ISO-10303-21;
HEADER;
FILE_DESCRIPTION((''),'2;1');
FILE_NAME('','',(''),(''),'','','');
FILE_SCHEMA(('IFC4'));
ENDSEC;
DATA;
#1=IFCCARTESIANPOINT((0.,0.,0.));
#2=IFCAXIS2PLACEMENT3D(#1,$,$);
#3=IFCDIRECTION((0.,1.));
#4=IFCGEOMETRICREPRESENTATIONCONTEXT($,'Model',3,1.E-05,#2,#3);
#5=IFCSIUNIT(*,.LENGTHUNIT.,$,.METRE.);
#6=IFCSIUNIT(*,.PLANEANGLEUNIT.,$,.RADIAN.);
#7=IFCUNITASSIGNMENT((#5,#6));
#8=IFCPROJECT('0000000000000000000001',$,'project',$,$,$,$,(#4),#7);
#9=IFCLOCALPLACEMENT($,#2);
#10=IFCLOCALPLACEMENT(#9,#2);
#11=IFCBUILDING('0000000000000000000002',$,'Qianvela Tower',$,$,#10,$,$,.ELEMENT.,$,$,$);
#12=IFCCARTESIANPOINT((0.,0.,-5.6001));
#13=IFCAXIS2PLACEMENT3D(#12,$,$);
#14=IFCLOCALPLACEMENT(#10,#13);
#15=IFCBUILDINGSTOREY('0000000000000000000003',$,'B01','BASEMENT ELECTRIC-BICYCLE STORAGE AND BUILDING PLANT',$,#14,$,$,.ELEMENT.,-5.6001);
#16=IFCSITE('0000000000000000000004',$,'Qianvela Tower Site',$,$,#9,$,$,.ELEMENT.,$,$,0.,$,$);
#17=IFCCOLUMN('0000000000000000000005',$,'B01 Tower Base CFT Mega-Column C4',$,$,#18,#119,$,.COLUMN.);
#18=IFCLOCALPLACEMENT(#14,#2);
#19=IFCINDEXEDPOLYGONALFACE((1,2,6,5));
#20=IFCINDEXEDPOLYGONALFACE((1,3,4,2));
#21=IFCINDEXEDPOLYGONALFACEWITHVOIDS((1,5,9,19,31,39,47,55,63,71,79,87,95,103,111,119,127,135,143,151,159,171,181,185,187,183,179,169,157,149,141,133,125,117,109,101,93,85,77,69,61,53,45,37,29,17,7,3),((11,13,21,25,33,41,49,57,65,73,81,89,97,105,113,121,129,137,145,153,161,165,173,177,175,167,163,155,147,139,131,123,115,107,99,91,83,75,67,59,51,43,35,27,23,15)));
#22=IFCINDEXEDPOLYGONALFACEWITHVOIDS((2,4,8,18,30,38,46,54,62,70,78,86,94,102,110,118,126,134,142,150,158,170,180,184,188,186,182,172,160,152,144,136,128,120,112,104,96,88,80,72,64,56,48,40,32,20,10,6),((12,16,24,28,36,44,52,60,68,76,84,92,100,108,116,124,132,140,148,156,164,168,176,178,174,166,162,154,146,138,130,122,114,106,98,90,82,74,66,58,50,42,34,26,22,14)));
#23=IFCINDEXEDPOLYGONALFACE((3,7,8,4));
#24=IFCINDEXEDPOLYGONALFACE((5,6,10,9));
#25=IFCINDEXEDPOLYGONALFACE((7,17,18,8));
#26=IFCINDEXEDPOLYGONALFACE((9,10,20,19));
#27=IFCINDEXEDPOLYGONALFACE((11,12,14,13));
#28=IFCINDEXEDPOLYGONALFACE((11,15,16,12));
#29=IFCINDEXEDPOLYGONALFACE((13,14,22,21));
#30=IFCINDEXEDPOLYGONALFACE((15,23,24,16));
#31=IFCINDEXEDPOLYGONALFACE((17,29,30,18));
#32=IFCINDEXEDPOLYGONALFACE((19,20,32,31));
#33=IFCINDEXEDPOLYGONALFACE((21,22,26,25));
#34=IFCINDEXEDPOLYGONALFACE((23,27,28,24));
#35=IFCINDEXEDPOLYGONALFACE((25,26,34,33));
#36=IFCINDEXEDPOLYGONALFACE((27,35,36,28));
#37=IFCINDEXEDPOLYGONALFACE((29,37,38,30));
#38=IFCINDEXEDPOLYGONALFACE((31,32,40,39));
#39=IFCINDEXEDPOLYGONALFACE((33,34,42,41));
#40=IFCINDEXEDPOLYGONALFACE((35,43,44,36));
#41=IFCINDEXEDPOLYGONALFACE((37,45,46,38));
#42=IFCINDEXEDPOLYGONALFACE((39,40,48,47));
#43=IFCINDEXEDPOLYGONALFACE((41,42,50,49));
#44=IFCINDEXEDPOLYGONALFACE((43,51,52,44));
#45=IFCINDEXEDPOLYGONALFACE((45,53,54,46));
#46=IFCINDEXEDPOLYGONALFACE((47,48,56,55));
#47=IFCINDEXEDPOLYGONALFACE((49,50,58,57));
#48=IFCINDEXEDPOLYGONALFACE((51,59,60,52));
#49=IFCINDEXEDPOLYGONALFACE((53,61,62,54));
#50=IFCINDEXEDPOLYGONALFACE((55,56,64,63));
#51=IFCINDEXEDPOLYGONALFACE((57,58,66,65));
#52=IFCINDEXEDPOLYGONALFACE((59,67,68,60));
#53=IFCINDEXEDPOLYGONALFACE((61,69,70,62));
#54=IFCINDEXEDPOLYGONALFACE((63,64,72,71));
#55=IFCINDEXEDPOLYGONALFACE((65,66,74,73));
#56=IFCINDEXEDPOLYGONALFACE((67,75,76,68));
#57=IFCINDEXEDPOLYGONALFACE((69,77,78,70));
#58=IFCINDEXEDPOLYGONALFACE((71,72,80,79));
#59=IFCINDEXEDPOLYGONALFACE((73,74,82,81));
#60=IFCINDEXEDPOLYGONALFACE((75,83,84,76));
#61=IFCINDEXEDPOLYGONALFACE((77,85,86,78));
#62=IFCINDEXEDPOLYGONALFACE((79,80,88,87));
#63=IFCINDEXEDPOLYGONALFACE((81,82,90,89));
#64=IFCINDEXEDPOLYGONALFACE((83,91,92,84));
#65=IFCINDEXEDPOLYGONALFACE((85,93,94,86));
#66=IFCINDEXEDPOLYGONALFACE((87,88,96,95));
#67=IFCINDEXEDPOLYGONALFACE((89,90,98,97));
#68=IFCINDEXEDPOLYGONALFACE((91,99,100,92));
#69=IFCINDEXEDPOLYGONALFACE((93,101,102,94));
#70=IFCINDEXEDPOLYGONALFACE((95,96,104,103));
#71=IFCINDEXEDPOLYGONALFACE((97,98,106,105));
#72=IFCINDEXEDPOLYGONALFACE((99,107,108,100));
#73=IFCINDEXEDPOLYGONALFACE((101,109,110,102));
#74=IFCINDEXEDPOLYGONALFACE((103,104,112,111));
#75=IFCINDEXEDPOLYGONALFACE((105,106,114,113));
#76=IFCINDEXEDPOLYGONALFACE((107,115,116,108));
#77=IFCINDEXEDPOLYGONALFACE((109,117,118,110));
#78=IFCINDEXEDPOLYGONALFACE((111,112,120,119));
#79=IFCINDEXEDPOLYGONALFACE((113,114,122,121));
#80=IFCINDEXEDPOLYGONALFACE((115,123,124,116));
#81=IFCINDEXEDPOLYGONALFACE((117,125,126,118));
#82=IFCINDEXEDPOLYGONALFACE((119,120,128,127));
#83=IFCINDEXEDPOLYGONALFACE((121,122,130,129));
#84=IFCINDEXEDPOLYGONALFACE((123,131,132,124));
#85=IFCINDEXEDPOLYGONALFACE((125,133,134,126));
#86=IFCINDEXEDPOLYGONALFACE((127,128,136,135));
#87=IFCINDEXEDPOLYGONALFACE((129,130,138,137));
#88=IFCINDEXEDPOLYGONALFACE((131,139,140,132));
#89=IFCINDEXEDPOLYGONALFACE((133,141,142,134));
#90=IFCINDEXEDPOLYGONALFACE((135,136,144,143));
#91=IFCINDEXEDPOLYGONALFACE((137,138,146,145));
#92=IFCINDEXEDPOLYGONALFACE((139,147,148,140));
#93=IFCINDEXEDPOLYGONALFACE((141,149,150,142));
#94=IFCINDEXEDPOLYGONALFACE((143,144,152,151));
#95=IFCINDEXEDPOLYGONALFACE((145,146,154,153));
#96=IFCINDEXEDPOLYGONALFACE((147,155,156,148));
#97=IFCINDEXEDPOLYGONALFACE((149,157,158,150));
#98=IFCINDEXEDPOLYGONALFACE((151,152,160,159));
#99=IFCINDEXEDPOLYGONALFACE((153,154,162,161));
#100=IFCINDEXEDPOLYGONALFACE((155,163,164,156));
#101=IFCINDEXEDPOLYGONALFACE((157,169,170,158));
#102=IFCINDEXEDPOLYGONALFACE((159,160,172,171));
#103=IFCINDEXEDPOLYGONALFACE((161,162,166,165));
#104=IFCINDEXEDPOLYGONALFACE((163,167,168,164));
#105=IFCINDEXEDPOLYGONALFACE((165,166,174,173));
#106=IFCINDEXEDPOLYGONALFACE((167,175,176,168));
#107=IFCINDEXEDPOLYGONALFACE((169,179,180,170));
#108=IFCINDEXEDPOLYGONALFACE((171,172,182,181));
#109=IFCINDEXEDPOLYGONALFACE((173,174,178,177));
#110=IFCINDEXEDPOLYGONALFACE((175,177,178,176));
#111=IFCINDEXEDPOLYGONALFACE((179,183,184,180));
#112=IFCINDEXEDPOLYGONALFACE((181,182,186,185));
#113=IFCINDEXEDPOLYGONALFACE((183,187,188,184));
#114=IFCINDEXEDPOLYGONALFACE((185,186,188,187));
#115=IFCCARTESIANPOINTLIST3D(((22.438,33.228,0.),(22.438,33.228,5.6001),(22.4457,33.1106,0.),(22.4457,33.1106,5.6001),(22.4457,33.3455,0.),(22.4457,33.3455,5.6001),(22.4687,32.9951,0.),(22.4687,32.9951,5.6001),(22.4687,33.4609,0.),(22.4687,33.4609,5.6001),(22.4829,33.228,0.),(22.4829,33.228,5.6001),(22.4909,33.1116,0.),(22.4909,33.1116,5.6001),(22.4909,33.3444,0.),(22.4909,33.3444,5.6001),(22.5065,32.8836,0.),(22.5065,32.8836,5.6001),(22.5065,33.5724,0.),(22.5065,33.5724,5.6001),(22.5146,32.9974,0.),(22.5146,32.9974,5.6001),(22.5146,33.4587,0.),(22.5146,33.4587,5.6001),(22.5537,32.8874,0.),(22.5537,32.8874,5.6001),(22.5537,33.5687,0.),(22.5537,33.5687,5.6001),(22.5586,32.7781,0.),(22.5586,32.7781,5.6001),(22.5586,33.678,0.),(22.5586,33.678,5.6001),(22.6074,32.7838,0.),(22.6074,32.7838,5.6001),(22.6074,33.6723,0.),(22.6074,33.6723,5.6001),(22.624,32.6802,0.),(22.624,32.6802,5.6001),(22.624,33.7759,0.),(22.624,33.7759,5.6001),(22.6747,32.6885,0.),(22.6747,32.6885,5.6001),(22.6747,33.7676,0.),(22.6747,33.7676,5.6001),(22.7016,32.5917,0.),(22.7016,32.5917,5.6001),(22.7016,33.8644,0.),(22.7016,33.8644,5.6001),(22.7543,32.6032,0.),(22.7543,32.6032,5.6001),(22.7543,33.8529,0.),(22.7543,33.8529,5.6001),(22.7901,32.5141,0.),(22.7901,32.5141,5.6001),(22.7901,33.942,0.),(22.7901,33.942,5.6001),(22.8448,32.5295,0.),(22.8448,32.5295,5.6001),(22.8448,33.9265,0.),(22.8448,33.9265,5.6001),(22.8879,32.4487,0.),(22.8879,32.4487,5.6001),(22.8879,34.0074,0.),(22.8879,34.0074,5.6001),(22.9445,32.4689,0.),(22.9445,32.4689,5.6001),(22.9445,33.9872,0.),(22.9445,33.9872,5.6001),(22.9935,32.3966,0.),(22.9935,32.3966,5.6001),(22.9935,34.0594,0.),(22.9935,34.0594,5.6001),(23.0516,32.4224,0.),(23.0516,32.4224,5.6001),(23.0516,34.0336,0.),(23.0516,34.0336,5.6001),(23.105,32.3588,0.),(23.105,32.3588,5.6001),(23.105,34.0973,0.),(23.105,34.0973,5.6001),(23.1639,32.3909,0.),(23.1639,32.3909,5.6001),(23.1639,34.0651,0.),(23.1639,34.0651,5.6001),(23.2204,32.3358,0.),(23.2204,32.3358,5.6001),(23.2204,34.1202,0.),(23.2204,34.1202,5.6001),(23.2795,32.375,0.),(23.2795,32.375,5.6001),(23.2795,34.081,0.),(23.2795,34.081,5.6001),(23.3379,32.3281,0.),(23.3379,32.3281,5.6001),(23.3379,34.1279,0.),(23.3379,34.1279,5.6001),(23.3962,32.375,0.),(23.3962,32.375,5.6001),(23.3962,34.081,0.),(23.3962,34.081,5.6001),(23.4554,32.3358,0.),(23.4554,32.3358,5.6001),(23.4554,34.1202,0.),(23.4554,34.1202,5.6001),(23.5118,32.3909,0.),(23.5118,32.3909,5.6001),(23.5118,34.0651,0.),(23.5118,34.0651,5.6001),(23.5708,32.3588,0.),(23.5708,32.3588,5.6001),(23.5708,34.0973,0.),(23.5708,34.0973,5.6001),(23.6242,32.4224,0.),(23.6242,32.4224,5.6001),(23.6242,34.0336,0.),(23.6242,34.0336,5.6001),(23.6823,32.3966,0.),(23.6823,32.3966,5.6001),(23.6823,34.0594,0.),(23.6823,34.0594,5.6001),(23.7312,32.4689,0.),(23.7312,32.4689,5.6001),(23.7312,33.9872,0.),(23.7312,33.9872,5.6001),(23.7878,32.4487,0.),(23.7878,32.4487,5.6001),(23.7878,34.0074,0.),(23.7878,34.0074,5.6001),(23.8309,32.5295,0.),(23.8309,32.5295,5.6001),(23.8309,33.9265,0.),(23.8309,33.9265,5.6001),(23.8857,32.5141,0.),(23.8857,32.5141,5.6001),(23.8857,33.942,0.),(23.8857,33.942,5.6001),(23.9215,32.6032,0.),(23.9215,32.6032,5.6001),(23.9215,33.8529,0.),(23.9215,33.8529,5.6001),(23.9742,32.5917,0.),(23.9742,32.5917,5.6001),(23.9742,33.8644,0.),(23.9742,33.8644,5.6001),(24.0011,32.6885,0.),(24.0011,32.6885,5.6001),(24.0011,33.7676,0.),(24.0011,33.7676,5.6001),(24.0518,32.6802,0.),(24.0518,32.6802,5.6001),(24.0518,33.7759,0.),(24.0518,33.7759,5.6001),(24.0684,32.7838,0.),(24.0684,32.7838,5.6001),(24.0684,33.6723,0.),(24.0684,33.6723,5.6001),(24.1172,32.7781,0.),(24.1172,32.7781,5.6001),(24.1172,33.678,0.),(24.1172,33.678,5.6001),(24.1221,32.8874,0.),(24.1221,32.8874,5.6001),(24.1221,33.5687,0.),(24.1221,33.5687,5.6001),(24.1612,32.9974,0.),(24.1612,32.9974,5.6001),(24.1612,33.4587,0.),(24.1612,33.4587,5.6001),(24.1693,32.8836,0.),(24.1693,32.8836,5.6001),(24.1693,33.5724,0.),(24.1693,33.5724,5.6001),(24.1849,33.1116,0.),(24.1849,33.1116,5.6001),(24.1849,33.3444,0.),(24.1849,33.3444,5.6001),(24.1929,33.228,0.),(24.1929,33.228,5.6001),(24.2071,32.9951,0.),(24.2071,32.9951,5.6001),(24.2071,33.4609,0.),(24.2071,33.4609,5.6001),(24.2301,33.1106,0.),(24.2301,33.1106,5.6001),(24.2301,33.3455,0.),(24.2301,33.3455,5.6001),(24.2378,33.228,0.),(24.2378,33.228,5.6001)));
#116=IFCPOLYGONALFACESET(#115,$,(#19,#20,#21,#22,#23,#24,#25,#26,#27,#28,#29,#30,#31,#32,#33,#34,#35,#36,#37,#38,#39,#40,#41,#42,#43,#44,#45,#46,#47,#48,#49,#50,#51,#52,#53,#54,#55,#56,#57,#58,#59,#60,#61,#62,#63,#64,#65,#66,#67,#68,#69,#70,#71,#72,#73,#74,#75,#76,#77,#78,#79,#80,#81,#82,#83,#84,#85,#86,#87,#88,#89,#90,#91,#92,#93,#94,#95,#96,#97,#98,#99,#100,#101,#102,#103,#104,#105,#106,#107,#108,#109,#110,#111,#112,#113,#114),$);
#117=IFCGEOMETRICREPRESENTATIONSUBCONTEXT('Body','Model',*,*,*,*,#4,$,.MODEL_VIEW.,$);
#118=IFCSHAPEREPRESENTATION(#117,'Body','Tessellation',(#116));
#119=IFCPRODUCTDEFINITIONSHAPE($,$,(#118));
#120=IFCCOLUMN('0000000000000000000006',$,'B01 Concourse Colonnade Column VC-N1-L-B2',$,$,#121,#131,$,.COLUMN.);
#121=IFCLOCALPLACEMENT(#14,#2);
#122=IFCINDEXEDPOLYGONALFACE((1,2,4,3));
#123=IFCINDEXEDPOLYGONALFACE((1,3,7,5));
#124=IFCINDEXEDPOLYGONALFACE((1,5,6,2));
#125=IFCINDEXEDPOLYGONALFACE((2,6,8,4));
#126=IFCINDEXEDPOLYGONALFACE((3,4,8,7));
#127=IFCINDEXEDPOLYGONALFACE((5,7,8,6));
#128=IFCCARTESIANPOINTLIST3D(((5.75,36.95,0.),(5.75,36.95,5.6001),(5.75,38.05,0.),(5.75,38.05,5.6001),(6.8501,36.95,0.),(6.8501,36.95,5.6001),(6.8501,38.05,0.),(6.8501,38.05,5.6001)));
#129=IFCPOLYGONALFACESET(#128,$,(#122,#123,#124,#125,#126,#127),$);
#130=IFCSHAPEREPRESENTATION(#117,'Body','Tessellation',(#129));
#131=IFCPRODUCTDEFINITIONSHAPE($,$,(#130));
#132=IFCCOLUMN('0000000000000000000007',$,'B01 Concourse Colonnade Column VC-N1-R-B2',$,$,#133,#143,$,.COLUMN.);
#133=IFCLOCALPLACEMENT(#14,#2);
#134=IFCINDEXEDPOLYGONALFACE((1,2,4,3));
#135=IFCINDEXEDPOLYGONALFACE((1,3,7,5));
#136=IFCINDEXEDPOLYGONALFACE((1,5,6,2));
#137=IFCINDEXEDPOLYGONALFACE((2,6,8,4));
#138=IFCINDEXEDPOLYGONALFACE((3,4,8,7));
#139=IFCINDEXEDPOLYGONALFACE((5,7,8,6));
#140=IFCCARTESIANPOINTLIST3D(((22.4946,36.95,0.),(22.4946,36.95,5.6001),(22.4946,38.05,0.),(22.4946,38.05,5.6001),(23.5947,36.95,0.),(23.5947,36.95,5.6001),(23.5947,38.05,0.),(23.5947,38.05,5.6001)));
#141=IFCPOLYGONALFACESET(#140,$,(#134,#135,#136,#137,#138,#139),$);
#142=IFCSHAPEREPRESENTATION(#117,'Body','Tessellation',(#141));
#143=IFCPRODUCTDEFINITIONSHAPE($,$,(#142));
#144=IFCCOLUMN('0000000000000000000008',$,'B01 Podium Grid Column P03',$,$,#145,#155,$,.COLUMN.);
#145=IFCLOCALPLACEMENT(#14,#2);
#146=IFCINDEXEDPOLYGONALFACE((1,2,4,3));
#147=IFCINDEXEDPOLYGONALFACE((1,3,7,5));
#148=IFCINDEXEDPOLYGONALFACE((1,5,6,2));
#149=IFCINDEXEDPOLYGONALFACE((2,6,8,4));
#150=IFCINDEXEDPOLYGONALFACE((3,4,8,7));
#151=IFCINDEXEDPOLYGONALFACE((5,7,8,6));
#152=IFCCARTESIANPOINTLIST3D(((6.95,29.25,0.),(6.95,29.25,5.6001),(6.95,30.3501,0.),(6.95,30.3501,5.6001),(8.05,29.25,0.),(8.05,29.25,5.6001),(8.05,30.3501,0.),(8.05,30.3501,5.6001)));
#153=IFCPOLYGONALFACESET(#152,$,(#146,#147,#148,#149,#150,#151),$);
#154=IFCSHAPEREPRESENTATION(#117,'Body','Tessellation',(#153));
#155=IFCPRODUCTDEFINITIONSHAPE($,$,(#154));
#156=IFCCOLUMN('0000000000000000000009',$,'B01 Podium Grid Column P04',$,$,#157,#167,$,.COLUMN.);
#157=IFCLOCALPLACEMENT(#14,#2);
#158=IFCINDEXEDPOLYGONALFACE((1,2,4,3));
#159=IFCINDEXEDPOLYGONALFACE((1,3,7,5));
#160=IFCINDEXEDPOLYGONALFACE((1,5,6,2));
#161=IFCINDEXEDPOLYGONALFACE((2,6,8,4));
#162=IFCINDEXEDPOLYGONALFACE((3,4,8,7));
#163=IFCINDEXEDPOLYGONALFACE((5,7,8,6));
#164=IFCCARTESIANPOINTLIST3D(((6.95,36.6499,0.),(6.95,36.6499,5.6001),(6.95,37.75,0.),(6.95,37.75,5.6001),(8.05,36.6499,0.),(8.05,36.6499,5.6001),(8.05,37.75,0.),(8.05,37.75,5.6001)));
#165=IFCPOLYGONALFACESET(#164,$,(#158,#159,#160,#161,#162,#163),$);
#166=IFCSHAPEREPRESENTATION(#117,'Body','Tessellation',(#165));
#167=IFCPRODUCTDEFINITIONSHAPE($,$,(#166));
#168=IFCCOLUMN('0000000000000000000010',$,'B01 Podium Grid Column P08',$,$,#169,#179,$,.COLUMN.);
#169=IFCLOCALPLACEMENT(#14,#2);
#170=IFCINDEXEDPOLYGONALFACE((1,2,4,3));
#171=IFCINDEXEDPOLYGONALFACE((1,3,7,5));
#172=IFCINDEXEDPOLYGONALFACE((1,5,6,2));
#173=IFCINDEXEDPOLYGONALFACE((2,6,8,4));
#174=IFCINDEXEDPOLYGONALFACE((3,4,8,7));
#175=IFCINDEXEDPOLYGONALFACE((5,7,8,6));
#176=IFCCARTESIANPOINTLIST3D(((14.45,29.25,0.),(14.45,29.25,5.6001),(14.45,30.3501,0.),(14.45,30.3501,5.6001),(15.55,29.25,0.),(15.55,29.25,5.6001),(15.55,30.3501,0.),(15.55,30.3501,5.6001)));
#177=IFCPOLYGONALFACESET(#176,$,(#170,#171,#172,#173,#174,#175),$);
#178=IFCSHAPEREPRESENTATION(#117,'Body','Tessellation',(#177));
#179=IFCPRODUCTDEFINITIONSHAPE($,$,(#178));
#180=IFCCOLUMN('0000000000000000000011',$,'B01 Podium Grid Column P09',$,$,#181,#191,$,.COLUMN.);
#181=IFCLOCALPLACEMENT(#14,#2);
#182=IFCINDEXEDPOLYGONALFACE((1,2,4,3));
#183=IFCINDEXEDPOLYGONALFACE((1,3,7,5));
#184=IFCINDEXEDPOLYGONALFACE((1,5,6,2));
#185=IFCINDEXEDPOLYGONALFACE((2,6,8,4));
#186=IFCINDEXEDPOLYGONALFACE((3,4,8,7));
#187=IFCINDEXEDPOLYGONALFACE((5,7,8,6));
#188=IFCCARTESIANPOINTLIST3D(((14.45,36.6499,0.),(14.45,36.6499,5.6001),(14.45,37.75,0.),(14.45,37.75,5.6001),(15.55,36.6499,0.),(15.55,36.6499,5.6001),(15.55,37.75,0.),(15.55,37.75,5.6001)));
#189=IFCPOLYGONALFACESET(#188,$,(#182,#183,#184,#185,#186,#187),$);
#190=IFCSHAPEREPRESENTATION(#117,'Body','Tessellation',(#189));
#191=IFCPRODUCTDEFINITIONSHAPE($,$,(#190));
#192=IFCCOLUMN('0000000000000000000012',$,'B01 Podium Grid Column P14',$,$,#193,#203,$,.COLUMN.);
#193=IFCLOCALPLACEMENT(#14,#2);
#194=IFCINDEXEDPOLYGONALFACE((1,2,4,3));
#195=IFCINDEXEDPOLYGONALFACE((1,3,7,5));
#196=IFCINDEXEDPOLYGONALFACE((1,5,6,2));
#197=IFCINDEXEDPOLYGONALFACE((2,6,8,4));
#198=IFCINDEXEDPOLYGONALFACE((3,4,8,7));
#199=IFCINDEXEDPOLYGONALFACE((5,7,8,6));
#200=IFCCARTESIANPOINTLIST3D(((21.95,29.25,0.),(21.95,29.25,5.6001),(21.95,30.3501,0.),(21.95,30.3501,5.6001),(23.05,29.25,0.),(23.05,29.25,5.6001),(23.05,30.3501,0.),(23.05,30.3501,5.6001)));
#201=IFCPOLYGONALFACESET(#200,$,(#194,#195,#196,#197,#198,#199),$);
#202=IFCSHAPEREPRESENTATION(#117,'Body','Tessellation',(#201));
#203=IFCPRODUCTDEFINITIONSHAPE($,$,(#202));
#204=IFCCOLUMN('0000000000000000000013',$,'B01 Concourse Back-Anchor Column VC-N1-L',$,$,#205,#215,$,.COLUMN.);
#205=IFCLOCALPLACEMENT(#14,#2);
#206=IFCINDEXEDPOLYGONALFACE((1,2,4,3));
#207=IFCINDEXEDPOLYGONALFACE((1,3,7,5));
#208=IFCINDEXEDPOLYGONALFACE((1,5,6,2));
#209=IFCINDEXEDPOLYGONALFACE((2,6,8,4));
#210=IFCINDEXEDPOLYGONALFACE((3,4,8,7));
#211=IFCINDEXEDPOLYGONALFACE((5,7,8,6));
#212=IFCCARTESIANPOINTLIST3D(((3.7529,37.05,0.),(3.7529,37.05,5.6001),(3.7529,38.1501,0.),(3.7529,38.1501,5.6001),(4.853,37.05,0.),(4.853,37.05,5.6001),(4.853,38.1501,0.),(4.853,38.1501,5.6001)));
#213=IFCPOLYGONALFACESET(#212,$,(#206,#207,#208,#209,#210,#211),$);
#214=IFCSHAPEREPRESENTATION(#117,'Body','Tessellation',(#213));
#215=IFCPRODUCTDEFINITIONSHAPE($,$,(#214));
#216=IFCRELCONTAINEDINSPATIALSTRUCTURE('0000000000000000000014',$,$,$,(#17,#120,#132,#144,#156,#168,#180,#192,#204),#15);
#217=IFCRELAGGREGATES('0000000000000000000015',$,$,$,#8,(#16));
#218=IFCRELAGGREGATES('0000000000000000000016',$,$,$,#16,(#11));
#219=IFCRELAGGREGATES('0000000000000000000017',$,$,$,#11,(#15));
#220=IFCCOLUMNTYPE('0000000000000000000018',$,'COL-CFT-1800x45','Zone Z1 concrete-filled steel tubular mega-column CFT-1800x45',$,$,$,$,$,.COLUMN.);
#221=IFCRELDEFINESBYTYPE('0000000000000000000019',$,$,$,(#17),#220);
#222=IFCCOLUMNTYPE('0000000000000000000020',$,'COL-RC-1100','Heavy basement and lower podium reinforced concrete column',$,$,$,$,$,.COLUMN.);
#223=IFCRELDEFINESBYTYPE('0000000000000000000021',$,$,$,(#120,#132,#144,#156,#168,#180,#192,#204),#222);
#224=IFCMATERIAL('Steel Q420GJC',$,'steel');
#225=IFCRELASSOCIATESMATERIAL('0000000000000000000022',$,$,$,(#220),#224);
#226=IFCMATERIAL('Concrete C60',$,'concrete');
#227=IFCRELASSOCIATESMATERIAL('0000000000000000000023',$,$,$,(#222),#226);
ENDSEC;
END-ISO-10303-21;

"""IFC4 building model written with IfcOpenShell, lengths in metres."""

from ifc_helpers import new_model, si_unit, direction, frame, origin, origin_2d, place, context, subcontext, project, spatial, rectangle, hollow_circle, extrude, material, material_profile, profile_set, type_object, element, save


model = new_model("IFC4")

# Units and contexts
model_context = context("Model", 3, precision=1e-05, world=origin(), true_north=direction((0.0, 1.0)))
body_context = subcontext(model_context, "Body", "Model", "MODEL_VIEW")
ifc_project = project(units=[si_unit("LENGTHUNIT", "METRE"), si_unit("PLANEANGLEUNIT", "RADIAN")], contexts=[model_context])

# Site, building, storey
site_placement = place(None, origin())
site = spatial("IfcSite", under=ifc_project, at=site_placement, Name="Qianvela Tower Site", CompositionType="ELEMENT", RefElevation=0.0)
building_placement = place(site_placement, origin())
building = spatial("IfcBuilding", under=site, at=building_placement, Name="Qianvela Tower", CompositionType="ELEMENT")
storey_placement = place(building_placement, frame((0.0, 0.0, -5.6001)))
storey = spatial("IfcBuildingStorey", under=building, at=storey_placement, Name="B01", Description="BASEMENT ELECTRIC-BICYCLE STORAGE AND BUILDING PLANT", CompositionType="ELEMENT", Elevation=-5.6001)

# Columns
ifc_material_1 = material(Name="Steel Q420GJC", Category="steel")
ifc_material_profile_1 = material_profile(ifc_material_1, hollow_circle(Radius=0.8999, WallThickness=0.0449, at=origin_2d()), Name="CFT-1800x45")
ifc_profile_set_1 = profile_set([ifc_material_profile_1], Name="Steel Q420GJC")
column_type_1 = type_object("IfcColumnType", Name="COL-CFT-1800x45", Description="Zone Z1 concrete-filled steel tubular mega-column CFT-1800x45", PredefinedType="COLUMN", material=ifc_profile_set_1)
column_placement = place(storey_placement, frame((23.3379, 33.228, 0.0), z_axis=(0.0, 0.0, 1.0), x_axis=(1.0, 0.0, 0.0)))
element("IfcColumn", 1, at=column_placement, inside=storey, type_object=column_type_1, Name="B01 Tower Base CFT Mega-Column C4", PredefinedType="COLUMN", context=body_context, shape_type="SweptSolid", body=[
    extrude(hollow_circle(Radius=0.8999, WallThickness=0.0449, at=origin_2d()), origin(), (0.0, 0.0, 1.0), 5.6001),
])
ifc_material_2 = material(Name="Concrete C60", Category="concrete")
ifc_material_profile_2 = material_profile(ifc_material_2, rectangle(XDim=1.1001, YDim=1.1001, at=origin_2d()), Name="RC-COL-1100x1100")
ifc_profile_set_2 = profile_set([ifc_material_profile_2], Name="Concrete C60")
column_type_2 = type_object("IfcColumnType", Name="COL-RC-1100", Description="Heavy basement and lower podium reinforced concrete column", PredefinedType="COLUMN", material=ifc_profile_set_2)
for number, where, z_axis, x_axis, name in (
    (2, (6.3, 37.5, 0.0), (0.0, 0.0, 1.0), (1.0, 0.0, 0.0), "B01 Concourse Colonnade Column VC-N1-L-B2"),
    (3, (23.0447, 37.5, 0.0), (0.0, 0.0, 1.0), (1.0, 0.0, 0.0), "B01 Concourse Colonnade Column VC-N1-R-B2"),
    (4, (7.5, 29.8, 0.0), (0.0, 0.0, 1.0), (1.0, 0.0, 0.0), "B01 Podium Grid Column P03"),
    (5, (7.5, 37.2, 0.0), (0.0, 0.0, 1.0), (1.0, 0.0, 0.0), "B01 Podium Grid Column P04"),
    (6, (15.0, 29.8, 0.0), (0.0, 0.0, 1.0), (1.0, 0.0, 0.0), "B01 Podium Grid Column P08"),
    (7, (15.0, 37.2, 0.0), (0.0, 0.0, 1.0), (1.0, 0.0, 0.0), "B01 Podium Grid Column P09"),
    (8, (22.5, 29.8, 0.0), (0.0, 0.0, 1.0), (1.0, 0.0, 0.0), "B01 Podium Grid Column P14"),
    (9, (4.303, 37.6001, 0.0), (0.0, 0.0, 1.0), (1.0, 0.0, 0.0), "B01 Concourse Back-Anchor Column VC-N1-L"),
):
    element("IfcColumn", number, at=place(storey_placement, frame(where, z_axis=z_axis, x_axis=x_axis)), inside=storey, type_object=column_type_2, Name=name, PredefinedType="COLUMN", context=body_context, shape_type="SweptSolid", body=[
        extrude(rectangle(XDim=1.1001, YDim=1.1001, at=origin_2d()), origin(), (0.0, 0.0, 1.0), 5.6001),
    ])

save(model, "model.ifc")
